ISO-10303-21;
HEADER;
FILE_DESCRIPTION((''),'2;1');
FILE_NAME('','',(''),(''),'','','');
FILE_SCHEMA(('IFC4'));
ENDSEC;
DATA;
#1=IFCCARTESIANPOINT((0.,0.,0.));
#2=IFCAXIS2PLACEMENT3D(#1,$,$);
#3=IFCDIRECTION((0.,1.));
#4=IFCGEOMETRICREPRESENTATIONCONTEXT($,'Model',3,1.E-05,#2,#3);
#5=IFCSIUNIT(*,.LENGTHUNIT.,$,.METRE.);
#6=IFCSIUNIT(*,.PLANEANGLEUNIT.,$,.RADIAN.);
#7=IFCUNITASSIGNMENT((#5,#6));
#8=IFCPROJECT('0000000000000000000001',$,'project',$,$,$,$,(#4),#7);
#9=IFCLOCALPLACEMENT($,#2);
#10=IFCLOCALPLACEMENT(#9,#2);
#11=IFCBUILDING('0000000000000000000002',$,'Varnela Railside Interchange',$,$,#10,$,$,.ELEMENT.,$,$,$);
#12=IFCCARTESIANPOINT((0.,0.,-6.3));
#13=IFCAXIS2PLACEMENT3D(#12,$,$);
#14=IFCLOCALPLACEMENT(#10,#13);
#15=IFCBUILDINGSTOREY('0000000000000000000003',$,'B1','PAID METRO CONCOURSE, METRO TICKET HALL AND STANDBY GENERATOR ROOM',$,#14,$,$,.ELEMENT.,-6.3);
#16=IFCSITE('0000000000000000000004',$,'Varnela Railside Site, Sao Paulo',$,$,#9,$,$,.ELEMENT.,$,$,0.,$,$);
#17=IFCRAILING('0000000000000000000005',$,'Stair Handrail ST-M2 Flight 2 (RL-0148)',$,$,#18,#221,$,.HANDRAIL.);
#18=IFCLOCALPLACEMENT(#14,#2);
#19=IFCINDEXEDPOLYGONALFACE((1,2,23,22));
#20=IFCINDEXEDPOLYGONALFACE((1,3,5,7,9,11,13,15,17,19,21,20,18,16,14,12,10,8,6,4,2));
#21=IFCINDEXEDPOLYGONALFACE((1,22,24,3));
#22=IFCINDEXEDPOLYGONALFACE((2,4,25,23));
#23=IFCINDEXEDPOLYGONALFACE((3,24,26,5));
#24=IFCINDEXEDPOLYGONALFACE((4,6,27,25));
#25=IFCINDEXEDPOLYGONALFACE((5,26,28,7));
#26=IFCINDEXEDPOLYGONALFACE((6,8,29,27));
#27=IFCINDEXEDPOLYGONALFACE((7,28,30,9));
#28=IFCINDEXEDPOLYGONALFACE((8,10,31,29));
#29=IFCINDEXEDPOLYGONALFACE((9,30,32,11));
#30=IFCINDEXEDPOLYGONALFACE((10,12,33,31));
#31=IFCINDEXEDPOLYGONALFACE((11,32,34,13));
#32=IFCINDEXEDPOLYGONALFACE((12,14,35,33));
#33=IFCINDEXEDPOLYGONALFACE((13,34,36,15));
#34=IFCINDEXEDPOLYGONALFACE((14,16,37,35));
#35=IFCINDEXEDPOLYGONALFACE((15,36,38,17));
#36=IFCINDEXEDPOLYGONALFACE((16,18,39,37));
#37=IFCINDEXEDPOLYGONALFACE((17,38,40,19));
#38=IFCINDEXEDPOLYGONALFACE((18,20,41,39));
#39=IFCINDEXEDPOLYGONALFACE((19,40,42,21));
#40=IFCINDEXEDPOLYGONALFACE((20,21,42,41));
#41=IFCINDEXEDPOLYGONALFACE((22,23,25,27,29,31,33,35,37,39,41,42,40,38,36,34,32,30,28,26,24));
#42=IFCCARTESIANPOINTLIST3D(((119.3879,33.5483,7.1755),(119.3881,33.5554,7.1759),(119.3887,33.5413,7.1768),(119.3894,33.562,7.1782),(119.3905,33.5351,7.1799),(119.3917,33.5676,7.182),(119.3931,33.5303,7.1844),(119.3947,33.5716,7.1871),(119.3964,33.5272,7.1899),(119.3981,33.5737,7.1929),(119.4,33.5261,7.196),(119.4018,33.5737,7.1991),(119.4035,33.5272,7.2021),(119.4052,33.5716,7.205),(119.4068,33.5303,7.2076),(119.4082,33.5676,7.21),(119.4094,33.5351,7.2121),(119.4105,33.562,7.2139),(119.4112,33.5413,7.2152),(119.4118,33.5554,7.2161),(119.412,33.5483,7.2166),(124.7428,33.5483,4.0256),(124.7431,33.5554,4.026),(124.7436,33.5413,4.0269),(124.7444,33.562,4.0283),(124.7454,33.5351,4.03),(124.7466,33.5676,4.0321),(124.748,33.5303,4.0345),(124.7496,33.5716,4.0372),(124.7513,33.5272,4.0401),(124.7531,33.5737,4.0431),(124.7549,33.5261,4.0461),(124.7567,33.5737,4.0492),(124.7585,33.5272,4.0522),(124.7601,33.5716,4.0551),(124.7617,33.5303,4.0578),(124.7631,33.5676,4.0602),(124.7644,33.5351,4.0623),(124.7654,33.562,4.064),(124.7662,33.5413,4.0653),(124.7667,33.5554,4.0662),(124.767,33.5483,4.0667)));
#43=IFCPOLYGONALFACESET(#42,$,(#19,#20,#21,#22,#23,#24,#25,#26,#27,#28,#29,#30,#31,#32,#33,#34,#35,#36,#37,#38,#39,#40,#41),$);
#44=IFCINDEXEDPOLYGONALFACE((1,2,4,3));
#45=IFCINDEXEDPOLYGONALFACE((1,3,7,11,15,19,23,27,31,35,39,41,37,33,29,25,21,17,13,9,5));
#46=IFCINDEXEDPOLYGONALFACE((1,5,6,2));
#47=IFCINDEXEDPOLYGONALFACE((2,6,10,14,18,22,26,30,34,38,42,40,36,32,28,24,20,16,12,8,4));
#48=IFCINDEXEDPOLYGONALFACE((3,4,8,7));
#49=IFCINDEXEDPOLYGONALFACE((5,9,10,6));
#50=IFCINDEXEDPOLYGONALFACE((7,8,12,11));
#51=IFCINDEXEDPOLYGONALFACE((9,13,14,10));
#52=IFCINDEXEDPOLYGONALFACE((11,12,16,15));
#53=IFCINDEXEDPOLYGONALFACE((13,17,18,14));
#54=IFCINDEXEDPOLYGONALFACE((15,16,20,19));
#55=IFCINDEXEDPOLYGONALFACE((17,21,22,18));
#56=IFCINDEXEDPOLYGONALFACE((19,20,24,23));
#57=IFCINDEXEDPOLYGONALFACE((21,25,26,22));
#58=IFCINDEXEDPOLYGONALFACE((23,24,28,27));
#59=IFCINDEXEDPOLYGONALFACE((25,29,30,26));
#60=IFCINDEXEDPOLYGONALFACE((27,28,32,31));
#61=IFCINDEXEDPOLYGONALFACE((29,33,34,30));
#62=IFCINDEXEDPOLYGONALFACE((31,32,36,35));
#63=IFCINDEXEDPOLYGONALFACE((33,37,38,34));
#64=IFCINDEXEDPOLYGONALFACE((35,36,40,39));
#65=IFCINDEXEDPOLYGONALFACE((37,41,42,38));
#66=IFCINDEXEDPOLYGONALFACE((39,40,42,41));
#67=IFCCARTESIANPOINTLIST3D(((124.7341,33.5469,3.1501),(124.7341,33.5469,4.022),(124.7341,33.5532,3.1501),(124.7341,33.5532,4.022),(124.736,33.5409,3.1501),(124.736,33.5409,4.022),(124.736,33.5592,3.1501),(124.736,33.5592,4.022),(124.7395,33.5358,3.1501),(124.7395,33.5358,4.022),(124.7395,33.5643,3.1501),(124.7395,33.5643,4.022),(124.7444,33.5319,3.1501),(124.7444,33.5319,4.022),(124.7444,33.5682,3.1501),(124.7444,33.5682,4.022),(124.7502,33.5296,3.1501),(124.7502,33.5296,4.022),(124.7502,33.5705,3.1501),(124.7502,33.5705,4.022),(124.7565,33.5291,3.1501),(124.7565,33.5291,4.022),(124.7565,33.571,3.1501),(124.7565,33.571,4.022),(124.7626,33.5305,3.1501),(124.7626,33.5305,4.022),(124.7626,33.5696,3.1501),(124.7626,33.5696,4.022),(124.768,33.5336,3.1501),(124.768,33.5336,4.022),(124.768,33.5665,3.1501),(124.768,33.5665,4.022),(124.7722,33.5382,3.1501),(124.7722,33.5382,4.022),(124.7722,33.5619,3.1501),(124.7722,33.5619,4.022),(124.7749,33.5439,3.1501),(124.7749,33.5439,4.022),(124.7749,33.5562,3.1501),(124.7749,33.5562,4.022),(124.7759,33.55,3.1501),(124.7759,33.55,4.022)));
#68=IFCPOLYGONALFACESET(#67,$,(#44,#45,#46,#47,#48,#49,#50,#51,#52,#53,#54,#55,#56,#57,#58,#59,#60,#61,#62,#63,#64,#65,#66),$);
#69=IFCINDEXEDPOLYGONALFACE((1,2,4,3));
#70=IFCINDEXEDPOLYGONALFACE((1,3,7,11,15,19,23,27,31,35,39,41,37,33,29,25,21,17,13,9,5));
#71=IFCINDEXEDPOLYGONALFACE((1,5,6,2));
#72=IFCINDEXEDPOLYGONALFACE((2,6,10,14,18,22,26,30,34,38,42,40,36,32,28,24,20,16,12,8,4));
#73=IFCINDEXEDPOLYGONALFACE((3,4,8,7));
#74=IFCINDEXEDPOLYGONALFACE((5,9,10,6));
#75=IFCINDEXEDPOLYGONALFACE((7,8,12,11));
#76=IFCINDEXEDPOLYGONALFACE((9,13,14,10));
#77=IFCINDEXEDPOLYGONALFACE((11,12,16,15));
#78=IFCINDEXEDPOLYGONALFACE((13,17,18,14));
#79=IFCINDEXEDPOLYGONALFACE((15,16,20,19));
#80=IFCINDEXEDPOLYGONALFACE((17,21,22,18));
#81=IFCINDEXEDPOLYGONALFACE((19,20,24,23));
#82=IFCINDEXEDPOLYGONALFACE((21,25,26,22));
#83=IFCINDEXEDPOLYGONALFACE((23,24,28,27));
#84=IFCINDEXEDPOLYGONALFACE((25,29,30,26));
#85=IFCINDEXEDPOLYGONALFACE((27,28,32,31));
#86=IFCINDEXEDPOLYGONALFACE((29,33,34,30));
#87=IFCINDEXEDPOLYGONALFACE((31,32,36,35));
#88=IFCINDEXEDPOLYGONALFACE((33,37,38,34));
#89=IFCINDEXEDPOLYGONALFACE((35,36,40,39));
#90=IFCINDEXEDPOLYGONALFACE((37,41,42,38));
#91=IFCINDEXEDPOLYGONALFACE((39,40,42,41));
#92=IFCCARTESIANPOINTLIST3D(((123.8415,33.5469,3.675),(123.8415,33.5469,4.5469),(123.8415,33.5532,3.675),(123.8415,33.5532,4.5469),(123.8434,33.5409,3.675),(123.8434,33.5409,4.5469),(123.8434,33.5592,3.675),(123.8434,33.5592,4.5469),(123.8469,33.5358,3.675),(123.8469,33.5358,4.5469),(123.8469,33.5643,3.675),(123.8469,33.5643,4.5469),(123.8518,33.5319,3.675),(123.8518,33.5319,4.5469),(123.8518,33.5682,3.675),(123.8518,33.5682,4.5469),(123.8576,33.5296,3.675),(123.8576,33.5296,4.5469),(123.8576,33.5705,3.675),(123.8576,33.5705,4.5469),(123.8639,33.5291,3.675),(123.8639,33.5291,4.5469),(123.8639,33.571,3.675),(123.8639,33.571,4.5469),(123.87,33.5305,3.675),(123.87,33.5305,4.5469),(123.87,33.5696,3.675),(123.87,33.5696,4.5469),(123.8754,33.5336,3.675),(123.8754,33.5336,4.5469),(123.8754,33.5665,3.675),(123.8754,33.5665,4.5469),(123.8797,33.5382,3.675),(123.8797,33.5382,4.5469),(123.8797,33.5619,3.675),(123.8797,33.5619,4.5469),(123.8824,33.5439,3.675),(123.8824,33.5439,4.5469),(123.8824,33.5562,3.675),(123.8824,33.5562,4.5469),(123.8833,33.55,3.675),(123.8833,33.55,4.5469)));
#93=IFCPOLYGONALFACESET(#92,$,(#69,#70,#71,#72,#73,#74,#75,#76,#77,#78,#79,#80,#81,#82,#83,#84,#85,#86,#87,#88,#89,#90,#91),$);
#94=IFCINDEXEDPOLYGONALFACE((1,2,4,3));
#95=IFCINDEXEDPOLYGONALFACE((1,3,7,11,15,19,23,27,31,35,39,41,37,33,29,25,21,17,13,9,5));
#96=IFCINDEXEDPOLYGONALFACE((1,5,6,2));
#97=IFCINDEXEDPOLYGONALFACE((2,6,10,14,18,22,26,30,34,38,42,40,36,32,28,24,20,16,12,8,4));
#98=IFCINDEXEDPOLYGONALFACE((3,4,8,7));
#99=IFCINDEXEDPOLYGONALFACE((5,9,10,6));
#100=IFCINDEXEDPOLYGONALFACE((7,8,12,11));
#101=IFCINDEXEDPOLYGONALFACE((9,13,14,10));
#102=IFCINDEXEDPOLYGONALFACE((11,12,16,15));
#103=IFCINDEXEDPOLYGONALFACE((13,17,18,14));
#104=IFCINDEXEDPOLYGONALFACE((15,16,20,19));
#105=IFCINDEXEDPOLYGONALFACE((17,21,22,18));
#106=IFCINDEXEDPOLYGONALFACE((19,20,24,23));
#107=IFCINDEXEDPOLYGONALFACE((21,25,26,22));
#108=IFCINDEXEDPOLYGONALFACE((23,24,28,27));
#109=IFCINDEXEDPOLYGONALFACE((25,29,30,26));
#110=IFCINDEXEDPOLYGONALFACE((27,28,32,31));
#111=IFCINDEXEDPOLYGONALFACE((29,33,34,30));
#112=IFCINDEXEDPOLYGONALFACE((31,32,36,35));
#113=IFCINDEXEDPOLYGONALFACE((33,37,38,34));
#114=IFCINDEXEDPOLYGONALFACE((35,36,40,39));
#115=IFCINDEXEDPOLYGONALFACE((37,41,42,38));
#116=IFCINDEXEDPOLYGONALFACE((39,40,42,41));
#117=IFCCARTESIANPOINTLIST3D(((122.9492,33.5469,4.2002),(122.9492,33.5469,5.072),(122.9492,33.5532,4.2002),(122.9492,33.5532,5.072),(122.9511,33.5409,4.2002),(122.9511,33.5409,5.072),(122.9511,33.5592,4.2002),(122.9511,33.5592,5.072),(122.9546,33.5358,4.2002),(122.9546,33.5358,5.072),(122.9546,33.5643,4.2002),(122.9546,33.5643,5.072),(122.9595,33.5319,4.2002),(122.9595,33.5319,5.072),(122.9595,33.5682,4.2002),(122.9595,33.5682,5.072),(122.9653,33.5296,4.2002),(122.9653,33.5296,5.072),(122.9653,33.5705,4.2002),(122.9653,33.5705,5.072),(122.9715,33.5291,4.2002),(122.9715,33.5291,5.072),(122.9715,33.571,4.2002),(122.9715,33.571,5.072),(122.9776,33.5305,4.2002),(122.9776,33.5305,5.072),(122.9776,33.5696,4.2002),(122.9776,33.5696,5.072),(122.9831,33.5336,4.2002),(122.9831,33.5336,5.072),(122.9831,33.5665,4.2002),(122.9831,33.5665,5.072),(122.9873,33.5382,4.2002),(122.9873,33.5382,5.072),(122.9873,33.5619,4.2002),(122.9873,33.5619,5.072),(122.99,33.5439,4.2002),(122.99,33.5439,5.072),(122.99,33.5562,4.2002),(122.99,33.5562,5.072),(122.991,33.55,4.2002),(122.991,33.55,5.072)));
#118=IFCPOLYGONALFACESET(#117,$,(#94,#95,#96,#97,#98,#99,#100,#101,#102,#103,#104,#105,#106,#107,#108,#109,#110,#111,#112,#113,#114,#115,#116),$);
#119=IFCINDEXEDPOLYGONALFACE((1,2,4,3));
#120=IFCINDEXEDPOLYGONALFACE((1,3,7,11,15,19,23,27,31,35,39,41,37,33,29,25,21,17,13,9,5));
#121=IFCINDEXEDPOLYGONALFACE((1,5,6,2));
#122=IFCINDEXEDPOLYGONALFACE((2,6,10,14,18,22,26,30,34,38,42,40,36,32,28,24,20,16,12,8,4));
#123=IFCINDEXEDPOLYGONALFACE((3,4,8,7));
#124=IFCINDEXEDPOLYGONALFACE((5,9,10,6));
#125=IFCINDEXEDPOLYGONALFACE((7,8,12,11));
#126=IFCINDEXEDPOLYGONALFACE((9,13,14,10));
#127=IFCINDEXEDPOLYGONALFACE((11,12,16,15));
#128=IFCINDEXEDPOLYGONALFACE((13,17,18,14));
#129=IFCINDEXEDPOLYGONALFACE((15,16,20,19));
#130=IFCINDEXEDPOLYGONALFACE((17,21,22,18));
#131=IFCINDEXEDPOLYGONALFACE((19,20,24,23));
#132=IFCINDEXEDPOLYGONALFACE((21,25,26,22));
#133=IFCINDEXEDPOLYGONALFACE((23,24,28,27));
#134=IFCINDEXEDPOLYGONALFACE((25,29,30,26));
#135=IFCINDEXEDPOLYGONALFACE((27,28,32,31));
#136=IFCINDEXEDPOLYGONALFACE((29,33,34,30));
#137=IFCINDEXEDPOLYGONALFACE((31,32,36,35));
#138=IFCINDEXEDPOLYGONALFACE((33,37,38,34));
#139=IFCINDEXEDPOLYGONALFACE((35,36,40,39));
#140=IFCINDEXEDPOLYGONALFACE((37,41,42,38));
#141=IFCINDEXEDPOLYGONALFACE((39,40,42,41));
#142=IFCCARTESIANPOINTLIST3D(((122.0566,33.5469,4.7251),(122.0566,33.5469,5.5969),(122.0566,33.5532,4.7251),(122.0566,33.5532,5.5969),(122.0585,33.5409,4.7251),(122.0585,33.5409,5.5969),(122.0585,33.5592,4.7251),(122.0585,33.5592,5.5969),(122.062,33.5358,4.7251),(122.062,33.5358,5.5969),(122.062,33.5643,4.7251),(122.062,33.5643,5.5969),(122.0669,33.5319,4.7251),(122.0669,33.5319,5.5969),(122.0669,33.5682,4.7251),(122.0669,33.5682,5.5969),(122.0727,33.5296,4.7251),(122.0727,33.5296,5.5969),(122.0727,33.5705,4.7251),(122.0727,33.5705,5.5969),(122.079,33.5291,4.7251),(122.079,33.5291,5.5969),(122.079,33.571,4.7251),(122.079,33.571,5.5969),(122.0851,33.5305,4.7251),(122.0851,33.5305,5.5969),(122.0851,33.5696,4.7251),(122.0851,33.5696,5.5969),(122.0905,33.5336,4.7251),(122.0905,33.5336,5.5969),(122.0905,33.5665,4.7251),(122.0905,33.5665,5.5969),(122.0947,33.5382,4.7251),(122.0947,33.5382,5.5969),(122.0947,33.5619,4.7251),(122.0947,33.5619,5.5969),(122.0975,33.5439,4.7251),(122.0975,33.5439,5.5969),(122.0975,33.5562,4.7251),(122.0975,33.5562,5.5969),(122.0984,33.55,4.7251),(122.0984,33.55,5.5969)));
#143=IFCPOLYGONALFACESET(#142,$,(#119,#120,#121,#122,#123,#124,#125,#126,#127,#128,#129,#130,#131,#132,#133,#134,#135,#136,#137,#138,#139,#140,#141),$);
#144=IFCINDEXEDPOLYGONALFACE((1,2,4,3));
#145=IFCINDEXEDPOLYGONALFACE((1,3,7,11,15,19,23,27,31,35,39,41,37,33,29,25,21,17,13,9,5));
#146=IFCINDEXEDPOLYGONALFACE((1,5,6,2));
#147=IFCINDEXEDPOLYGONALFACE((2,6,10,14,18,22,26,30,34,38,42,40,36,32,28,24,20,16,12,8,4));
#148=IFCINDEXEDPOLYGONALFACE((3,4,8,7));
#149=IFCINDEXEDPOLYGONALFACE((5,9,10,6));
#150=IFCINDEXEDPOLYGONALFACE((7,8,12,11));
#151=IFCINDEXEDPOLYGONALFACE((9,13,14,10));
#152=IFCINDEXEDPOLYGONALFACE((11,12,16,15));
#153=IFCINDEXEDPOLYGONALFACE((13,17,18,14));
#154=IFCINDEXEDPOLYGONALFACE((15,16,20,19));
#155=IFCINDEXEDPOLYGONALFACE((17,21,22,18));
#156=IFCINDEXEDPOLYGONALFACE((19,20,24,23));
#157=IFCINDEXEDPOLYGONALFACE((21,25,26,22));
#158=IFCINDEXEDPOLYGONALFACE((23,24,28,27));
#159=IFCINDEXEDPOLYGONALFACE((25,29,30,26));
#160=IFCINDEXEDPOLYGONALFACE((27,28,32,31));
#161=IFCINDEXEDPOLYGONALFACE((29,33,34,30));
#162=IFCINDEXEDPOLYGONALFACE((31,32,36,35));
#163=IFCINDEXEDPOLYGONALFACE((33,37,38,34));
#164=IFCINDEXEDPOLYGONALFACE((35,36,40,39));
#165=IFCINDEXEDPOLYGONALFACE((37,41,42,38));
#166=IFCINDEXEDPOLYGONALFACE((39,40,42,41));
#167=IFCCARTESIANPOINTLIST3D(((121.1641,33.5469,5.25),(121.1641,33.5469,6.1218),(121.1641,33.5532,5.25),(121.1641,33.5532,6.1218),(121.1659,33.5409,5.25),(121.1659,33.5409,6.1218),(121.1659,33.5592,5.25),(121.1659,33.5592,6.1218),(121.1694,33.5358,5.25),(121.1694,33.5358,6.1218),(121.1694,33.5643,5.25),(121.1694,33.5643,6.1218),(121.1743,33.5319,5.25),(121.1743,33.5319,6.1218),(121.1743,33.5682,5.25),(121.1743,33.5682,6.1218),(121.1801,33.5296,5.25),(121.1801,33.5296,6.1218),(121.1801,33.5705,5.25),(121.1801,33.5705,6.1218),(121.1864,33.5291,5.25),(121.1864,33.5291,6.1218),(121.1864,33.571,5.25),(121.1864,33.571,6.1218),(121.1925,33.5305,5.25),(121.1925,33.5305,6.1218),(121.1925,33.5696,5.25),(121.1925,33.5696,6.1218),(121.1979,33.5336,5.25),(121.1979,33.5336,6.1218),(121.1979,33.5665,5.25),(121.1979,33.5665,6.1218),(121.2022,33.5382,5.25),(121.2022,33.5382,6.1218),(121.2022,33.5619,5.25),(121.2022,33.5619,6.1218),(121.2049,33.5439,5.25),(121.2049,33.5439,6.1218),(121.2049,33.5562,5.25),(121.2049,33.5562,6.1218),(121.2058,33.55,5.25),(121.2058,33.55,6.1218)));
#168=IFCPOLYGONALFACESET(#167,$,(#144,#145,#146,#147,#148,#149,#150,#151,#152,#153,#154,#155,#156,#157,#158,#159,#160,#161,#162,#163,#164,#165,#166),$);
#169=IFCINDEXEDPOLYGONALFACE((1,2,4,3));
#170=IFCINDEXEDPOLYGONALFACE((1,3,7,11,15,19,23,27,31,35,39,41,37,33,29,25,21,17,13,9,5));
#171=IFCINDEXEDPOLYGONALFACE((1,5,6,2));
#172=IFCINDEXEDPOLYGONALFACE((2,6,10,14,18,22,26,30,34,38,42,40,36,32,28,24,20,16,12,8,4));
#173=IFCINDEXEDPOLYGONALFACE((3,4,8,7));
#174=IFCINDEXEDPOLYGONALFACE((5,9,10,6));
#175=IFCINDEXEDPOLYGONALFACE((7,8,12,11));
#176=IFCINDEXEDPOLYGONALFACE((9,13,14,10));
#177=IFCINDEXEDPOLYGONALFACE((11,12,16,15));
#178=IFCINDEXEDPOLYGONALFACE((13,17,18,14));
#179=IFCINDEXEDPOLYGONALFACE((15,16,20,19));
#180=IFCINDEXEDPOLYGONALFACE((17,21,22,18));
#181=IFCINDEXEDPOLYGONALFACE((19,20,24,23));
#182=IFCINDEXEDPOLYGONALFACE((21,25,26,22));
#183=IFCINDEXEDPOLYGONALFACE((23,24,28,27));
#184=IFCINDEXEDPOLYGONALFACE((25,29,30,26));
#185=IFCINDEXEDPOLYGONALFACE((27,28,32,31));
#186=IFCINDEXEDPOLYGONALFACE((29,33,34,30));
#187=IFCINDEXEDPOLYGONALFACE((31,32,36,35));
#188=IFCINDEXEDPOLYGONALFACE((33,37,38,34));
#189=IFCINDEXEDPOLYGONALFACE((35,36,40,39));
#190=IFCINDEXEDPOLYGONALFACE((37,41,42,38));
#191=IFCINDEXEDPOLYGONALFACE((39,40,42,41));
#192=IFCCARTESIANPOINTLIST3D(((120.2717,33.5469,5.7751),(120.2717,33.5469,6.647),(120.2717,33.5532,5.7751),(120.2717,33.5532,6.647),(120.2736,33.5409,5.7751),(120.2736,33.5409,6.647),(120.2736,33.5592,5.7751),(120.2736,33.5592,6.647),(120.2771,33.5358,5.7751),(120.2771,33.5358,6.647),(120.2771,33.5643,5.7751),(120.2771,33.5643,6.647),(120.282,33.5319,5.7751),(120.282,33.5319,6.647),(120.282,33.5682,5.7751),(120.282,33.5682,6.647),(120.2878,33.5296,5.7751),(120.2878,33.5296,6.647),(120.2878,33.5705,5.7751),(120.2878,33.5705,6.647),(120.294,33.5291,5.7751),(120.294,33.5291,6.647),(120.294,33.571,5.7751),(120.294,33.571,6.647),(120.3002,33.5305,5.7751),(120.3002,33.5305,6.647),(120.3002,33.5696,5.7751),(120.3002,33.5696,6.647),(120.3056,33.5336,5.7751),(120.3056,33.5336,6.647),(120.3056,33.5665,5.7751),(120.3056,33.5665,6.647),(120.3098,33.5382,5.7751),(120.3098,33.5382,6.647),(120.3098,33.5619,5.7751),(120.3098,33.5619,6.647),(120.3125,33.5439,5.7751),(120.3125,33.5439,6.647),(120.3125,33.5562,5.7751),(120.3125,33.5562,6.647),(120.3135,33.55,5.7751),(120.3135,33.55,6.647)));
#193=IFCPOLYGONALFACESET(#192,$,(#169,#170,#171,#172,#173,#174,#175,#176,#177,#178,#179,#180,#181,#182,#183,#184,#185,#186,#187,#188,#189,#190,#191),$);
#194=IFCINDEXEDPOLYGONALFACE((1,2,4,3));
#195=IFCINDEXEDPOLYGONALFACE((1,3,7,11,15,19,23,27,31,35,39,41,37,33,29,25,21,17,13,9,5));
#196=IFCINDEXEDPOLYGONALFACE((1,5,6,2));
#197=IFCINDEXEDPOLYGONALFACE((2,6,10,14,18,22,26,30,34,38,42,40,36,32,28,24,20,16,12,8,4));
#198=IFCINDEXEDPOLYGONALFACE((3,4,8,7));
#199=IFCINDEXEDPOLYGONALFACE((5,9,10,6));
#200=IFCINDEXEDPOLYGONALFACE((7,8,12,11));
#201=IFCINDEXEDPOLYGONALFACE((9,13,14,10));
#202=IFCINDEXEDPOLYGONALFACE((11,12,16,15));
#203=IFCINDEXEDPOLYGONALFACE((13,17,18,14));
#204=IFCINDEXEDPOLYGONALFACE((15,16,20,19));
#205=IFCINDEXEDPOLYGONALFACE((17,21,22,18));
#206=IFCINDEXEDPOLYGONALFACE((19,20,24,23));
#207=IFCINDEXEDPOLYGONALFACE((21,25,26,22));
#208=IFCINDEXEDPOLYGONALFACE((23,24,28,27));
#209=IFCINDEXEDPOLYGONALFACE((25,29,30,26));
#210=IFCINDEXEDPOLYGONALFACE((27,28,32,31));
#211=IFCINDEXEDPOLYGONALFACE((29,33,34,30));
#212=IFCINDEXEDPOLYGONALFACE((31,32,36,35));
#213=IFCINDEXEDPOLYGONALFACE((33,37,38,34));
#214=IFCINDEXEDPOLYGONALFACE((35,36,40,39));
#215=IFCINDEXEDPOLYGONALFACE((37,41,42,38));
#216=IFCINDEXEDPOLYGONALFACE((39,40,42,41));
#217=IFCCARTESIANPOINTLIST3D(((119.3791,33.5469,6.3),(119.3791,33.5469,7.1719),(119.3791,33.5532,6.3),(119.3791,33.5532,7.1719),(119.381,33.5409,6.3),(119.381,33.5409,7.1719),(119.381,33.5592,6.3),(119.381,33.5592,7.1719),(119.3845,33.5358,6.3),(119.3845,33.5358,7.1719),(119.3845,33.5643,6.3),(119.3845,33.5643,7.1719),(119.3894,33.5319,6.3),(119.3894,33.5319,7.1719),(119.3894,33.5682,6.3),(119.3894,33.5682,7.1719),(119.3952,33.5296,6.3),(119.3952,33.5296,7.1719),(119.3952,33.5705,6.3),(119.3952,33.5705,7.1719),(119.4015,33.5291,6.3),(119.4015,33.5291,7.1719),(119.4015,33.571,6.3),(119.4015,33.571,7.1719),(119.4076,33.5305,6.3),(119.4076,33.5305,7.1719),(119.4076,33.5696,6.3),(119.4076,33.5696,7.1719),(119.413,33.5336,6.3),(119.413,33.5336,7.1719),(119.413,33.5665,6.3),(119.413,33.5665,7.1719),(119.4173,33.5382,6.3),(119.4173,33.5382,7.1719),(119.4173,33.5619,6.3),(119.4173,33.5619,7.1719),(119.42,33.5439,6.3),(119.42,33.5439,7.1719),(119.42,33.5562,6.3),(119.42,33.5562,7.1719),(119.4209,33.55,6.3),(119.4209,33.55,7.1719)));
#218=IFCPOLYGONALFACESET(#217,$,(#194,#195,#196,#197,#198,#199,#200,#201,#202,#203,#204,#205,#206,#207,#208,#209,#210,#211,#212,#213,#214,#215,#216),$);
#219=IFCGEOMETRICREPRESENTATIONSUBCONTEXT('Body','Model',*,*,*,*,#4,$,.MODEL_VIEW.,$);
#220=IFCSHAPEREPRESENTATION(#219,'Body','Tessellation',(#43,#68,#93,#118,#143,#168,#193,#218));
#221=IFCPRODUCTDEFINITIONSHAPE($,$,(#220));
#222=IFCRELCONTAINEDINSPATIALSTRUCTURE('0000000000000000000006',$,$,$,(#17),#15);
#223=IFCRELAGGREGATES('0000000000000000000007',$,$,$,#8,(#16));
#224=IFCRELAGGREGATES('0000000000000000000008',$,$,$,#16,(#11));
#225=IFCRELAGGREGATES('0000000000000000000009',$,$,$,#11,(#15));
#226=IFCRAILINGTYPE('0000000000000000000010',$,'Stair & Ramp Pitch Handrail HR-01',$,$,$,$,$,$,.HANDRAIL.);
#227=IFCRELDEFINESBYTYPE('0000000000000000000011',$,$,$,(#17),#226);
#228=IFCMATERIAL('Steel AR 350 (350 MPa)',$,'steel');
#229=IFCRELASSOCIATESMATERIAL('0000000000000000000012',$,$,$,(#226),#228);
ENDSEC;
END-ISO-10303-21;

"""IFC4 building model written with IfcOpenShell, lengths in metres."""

from ifc_helpers import new_model, si_unit, direction, frame, origin, origin_2d, place, context, subcontext, project, spatial, circle, extrude, material, type_object, element, save


model = new_model("IFC4")

# Units and contexts
model_context = context("Model", 3, precision=1e-05, world=origin(), true_north=direction((0.0, 1.0)))
body_context = subcontext(model_context, "Body", "Model", "MODEL_VIEW")
ifc_project = project(units=[si_unit("LENGTHUNIT", "METRE"), si_unit("PLANEANGLEUNIT", "RADIAN")], contexts=[model_context])

# Site, building, storey
site_placement = place(None, origin())
site = spatial("IfcSite", under=ifc_project, at=site_placement, Name="Varnela Railside Site, Sao Paulo", CompositionType="ELEMENT", RefElevation=0.0)
building_placement = place(site_placement, origin())
building = spatial("IfcBuilding", under=site, at=building_placement, Name="Varnela Railside Interchange", CompositionType="ELEMENT")
storey_placement = place(building_placement, frame((0.0, 0.0, -6.3)))
storey = spatial("IfcBuildingStorey", under=building, at=storey_placement, Name="B1", Description="PAID METRO CONCOURSE, METRO TICKET HALL AND STANDBY GENERATOR ROOM", CompositionType="ELEMENT", Elevation=-6.3)

# Railing
ifc_material_1 = material(Name="Steel AR 350 (350 MPa)", Category="steel")
railing_type_1 = type_object("IfcRailingType", Name="Stair & Ramp Pitch Handrail HR-01", PredefinedType="HANDRAIL", material=ifc_material_1)
railing_1_placement = place(storey_placement, frame((124.7549, 33.55, 3.1501)))
element("IfcRailing", 1, at=railing_1_placement, inside=storey, type_object=railing_type_1, Name="Stair Handrail ST-M2 Flight 2 (RL-0148)", PredefinedType="HANDRAIL", context=body_context, shape_type="SweptSolid", body=[
    extrude(circle(Radius=0.0239, at=origin_2d()), frame((0.0, 0.0, 0.896), z_axis=(-0.86194, 0.0, 0.50701), x_axis=(0.0, -1.0, 0.0)), (0.0, 0.0, 1.0), 6.2126),
    extrude(circle(Radius=0.021, at=origin_2d()), origin(), (0.0, 0.0, 1.0), 0.8718),
    extrude(circle(Radius=0.021, at=origin_2d()), frame((-0.8926, 0.0, 0.5249)), (0.0, 0.0, 1.0), 0.8718),
    extrude(circle(Radius=0.021, at=origin_2d()), frame((-1.7849, 0.0, 1.05)), (0.0, 0.0, 1.0), 0.8718),
    extrude(circle(Radius=0.021, at=origin_2d()), frame((-2.6775, 0.0, 1.575)), (0.0, 0.0, 1.0), 0.8718),
    extrude(circle(Radius=0.021, at=origin_2d()), frame((-3.5701, 0.0, 2.0999)), (0.0, 0.0, 1.0), 0.8718),
    extrude(circle(Radius=0.021, at=origin_2d()), frame((-4.4624, 0.0, 2.625)), (0.0, 0.0, 1.0), 0.8718),
    extrude(circle(Radius=0.021, at=origin_2d()), frame((-5.355, 0.0, 3.1499)), (0.0, 0.0, 1.0), 0.8718),
])

save(model, "model.ifc")
